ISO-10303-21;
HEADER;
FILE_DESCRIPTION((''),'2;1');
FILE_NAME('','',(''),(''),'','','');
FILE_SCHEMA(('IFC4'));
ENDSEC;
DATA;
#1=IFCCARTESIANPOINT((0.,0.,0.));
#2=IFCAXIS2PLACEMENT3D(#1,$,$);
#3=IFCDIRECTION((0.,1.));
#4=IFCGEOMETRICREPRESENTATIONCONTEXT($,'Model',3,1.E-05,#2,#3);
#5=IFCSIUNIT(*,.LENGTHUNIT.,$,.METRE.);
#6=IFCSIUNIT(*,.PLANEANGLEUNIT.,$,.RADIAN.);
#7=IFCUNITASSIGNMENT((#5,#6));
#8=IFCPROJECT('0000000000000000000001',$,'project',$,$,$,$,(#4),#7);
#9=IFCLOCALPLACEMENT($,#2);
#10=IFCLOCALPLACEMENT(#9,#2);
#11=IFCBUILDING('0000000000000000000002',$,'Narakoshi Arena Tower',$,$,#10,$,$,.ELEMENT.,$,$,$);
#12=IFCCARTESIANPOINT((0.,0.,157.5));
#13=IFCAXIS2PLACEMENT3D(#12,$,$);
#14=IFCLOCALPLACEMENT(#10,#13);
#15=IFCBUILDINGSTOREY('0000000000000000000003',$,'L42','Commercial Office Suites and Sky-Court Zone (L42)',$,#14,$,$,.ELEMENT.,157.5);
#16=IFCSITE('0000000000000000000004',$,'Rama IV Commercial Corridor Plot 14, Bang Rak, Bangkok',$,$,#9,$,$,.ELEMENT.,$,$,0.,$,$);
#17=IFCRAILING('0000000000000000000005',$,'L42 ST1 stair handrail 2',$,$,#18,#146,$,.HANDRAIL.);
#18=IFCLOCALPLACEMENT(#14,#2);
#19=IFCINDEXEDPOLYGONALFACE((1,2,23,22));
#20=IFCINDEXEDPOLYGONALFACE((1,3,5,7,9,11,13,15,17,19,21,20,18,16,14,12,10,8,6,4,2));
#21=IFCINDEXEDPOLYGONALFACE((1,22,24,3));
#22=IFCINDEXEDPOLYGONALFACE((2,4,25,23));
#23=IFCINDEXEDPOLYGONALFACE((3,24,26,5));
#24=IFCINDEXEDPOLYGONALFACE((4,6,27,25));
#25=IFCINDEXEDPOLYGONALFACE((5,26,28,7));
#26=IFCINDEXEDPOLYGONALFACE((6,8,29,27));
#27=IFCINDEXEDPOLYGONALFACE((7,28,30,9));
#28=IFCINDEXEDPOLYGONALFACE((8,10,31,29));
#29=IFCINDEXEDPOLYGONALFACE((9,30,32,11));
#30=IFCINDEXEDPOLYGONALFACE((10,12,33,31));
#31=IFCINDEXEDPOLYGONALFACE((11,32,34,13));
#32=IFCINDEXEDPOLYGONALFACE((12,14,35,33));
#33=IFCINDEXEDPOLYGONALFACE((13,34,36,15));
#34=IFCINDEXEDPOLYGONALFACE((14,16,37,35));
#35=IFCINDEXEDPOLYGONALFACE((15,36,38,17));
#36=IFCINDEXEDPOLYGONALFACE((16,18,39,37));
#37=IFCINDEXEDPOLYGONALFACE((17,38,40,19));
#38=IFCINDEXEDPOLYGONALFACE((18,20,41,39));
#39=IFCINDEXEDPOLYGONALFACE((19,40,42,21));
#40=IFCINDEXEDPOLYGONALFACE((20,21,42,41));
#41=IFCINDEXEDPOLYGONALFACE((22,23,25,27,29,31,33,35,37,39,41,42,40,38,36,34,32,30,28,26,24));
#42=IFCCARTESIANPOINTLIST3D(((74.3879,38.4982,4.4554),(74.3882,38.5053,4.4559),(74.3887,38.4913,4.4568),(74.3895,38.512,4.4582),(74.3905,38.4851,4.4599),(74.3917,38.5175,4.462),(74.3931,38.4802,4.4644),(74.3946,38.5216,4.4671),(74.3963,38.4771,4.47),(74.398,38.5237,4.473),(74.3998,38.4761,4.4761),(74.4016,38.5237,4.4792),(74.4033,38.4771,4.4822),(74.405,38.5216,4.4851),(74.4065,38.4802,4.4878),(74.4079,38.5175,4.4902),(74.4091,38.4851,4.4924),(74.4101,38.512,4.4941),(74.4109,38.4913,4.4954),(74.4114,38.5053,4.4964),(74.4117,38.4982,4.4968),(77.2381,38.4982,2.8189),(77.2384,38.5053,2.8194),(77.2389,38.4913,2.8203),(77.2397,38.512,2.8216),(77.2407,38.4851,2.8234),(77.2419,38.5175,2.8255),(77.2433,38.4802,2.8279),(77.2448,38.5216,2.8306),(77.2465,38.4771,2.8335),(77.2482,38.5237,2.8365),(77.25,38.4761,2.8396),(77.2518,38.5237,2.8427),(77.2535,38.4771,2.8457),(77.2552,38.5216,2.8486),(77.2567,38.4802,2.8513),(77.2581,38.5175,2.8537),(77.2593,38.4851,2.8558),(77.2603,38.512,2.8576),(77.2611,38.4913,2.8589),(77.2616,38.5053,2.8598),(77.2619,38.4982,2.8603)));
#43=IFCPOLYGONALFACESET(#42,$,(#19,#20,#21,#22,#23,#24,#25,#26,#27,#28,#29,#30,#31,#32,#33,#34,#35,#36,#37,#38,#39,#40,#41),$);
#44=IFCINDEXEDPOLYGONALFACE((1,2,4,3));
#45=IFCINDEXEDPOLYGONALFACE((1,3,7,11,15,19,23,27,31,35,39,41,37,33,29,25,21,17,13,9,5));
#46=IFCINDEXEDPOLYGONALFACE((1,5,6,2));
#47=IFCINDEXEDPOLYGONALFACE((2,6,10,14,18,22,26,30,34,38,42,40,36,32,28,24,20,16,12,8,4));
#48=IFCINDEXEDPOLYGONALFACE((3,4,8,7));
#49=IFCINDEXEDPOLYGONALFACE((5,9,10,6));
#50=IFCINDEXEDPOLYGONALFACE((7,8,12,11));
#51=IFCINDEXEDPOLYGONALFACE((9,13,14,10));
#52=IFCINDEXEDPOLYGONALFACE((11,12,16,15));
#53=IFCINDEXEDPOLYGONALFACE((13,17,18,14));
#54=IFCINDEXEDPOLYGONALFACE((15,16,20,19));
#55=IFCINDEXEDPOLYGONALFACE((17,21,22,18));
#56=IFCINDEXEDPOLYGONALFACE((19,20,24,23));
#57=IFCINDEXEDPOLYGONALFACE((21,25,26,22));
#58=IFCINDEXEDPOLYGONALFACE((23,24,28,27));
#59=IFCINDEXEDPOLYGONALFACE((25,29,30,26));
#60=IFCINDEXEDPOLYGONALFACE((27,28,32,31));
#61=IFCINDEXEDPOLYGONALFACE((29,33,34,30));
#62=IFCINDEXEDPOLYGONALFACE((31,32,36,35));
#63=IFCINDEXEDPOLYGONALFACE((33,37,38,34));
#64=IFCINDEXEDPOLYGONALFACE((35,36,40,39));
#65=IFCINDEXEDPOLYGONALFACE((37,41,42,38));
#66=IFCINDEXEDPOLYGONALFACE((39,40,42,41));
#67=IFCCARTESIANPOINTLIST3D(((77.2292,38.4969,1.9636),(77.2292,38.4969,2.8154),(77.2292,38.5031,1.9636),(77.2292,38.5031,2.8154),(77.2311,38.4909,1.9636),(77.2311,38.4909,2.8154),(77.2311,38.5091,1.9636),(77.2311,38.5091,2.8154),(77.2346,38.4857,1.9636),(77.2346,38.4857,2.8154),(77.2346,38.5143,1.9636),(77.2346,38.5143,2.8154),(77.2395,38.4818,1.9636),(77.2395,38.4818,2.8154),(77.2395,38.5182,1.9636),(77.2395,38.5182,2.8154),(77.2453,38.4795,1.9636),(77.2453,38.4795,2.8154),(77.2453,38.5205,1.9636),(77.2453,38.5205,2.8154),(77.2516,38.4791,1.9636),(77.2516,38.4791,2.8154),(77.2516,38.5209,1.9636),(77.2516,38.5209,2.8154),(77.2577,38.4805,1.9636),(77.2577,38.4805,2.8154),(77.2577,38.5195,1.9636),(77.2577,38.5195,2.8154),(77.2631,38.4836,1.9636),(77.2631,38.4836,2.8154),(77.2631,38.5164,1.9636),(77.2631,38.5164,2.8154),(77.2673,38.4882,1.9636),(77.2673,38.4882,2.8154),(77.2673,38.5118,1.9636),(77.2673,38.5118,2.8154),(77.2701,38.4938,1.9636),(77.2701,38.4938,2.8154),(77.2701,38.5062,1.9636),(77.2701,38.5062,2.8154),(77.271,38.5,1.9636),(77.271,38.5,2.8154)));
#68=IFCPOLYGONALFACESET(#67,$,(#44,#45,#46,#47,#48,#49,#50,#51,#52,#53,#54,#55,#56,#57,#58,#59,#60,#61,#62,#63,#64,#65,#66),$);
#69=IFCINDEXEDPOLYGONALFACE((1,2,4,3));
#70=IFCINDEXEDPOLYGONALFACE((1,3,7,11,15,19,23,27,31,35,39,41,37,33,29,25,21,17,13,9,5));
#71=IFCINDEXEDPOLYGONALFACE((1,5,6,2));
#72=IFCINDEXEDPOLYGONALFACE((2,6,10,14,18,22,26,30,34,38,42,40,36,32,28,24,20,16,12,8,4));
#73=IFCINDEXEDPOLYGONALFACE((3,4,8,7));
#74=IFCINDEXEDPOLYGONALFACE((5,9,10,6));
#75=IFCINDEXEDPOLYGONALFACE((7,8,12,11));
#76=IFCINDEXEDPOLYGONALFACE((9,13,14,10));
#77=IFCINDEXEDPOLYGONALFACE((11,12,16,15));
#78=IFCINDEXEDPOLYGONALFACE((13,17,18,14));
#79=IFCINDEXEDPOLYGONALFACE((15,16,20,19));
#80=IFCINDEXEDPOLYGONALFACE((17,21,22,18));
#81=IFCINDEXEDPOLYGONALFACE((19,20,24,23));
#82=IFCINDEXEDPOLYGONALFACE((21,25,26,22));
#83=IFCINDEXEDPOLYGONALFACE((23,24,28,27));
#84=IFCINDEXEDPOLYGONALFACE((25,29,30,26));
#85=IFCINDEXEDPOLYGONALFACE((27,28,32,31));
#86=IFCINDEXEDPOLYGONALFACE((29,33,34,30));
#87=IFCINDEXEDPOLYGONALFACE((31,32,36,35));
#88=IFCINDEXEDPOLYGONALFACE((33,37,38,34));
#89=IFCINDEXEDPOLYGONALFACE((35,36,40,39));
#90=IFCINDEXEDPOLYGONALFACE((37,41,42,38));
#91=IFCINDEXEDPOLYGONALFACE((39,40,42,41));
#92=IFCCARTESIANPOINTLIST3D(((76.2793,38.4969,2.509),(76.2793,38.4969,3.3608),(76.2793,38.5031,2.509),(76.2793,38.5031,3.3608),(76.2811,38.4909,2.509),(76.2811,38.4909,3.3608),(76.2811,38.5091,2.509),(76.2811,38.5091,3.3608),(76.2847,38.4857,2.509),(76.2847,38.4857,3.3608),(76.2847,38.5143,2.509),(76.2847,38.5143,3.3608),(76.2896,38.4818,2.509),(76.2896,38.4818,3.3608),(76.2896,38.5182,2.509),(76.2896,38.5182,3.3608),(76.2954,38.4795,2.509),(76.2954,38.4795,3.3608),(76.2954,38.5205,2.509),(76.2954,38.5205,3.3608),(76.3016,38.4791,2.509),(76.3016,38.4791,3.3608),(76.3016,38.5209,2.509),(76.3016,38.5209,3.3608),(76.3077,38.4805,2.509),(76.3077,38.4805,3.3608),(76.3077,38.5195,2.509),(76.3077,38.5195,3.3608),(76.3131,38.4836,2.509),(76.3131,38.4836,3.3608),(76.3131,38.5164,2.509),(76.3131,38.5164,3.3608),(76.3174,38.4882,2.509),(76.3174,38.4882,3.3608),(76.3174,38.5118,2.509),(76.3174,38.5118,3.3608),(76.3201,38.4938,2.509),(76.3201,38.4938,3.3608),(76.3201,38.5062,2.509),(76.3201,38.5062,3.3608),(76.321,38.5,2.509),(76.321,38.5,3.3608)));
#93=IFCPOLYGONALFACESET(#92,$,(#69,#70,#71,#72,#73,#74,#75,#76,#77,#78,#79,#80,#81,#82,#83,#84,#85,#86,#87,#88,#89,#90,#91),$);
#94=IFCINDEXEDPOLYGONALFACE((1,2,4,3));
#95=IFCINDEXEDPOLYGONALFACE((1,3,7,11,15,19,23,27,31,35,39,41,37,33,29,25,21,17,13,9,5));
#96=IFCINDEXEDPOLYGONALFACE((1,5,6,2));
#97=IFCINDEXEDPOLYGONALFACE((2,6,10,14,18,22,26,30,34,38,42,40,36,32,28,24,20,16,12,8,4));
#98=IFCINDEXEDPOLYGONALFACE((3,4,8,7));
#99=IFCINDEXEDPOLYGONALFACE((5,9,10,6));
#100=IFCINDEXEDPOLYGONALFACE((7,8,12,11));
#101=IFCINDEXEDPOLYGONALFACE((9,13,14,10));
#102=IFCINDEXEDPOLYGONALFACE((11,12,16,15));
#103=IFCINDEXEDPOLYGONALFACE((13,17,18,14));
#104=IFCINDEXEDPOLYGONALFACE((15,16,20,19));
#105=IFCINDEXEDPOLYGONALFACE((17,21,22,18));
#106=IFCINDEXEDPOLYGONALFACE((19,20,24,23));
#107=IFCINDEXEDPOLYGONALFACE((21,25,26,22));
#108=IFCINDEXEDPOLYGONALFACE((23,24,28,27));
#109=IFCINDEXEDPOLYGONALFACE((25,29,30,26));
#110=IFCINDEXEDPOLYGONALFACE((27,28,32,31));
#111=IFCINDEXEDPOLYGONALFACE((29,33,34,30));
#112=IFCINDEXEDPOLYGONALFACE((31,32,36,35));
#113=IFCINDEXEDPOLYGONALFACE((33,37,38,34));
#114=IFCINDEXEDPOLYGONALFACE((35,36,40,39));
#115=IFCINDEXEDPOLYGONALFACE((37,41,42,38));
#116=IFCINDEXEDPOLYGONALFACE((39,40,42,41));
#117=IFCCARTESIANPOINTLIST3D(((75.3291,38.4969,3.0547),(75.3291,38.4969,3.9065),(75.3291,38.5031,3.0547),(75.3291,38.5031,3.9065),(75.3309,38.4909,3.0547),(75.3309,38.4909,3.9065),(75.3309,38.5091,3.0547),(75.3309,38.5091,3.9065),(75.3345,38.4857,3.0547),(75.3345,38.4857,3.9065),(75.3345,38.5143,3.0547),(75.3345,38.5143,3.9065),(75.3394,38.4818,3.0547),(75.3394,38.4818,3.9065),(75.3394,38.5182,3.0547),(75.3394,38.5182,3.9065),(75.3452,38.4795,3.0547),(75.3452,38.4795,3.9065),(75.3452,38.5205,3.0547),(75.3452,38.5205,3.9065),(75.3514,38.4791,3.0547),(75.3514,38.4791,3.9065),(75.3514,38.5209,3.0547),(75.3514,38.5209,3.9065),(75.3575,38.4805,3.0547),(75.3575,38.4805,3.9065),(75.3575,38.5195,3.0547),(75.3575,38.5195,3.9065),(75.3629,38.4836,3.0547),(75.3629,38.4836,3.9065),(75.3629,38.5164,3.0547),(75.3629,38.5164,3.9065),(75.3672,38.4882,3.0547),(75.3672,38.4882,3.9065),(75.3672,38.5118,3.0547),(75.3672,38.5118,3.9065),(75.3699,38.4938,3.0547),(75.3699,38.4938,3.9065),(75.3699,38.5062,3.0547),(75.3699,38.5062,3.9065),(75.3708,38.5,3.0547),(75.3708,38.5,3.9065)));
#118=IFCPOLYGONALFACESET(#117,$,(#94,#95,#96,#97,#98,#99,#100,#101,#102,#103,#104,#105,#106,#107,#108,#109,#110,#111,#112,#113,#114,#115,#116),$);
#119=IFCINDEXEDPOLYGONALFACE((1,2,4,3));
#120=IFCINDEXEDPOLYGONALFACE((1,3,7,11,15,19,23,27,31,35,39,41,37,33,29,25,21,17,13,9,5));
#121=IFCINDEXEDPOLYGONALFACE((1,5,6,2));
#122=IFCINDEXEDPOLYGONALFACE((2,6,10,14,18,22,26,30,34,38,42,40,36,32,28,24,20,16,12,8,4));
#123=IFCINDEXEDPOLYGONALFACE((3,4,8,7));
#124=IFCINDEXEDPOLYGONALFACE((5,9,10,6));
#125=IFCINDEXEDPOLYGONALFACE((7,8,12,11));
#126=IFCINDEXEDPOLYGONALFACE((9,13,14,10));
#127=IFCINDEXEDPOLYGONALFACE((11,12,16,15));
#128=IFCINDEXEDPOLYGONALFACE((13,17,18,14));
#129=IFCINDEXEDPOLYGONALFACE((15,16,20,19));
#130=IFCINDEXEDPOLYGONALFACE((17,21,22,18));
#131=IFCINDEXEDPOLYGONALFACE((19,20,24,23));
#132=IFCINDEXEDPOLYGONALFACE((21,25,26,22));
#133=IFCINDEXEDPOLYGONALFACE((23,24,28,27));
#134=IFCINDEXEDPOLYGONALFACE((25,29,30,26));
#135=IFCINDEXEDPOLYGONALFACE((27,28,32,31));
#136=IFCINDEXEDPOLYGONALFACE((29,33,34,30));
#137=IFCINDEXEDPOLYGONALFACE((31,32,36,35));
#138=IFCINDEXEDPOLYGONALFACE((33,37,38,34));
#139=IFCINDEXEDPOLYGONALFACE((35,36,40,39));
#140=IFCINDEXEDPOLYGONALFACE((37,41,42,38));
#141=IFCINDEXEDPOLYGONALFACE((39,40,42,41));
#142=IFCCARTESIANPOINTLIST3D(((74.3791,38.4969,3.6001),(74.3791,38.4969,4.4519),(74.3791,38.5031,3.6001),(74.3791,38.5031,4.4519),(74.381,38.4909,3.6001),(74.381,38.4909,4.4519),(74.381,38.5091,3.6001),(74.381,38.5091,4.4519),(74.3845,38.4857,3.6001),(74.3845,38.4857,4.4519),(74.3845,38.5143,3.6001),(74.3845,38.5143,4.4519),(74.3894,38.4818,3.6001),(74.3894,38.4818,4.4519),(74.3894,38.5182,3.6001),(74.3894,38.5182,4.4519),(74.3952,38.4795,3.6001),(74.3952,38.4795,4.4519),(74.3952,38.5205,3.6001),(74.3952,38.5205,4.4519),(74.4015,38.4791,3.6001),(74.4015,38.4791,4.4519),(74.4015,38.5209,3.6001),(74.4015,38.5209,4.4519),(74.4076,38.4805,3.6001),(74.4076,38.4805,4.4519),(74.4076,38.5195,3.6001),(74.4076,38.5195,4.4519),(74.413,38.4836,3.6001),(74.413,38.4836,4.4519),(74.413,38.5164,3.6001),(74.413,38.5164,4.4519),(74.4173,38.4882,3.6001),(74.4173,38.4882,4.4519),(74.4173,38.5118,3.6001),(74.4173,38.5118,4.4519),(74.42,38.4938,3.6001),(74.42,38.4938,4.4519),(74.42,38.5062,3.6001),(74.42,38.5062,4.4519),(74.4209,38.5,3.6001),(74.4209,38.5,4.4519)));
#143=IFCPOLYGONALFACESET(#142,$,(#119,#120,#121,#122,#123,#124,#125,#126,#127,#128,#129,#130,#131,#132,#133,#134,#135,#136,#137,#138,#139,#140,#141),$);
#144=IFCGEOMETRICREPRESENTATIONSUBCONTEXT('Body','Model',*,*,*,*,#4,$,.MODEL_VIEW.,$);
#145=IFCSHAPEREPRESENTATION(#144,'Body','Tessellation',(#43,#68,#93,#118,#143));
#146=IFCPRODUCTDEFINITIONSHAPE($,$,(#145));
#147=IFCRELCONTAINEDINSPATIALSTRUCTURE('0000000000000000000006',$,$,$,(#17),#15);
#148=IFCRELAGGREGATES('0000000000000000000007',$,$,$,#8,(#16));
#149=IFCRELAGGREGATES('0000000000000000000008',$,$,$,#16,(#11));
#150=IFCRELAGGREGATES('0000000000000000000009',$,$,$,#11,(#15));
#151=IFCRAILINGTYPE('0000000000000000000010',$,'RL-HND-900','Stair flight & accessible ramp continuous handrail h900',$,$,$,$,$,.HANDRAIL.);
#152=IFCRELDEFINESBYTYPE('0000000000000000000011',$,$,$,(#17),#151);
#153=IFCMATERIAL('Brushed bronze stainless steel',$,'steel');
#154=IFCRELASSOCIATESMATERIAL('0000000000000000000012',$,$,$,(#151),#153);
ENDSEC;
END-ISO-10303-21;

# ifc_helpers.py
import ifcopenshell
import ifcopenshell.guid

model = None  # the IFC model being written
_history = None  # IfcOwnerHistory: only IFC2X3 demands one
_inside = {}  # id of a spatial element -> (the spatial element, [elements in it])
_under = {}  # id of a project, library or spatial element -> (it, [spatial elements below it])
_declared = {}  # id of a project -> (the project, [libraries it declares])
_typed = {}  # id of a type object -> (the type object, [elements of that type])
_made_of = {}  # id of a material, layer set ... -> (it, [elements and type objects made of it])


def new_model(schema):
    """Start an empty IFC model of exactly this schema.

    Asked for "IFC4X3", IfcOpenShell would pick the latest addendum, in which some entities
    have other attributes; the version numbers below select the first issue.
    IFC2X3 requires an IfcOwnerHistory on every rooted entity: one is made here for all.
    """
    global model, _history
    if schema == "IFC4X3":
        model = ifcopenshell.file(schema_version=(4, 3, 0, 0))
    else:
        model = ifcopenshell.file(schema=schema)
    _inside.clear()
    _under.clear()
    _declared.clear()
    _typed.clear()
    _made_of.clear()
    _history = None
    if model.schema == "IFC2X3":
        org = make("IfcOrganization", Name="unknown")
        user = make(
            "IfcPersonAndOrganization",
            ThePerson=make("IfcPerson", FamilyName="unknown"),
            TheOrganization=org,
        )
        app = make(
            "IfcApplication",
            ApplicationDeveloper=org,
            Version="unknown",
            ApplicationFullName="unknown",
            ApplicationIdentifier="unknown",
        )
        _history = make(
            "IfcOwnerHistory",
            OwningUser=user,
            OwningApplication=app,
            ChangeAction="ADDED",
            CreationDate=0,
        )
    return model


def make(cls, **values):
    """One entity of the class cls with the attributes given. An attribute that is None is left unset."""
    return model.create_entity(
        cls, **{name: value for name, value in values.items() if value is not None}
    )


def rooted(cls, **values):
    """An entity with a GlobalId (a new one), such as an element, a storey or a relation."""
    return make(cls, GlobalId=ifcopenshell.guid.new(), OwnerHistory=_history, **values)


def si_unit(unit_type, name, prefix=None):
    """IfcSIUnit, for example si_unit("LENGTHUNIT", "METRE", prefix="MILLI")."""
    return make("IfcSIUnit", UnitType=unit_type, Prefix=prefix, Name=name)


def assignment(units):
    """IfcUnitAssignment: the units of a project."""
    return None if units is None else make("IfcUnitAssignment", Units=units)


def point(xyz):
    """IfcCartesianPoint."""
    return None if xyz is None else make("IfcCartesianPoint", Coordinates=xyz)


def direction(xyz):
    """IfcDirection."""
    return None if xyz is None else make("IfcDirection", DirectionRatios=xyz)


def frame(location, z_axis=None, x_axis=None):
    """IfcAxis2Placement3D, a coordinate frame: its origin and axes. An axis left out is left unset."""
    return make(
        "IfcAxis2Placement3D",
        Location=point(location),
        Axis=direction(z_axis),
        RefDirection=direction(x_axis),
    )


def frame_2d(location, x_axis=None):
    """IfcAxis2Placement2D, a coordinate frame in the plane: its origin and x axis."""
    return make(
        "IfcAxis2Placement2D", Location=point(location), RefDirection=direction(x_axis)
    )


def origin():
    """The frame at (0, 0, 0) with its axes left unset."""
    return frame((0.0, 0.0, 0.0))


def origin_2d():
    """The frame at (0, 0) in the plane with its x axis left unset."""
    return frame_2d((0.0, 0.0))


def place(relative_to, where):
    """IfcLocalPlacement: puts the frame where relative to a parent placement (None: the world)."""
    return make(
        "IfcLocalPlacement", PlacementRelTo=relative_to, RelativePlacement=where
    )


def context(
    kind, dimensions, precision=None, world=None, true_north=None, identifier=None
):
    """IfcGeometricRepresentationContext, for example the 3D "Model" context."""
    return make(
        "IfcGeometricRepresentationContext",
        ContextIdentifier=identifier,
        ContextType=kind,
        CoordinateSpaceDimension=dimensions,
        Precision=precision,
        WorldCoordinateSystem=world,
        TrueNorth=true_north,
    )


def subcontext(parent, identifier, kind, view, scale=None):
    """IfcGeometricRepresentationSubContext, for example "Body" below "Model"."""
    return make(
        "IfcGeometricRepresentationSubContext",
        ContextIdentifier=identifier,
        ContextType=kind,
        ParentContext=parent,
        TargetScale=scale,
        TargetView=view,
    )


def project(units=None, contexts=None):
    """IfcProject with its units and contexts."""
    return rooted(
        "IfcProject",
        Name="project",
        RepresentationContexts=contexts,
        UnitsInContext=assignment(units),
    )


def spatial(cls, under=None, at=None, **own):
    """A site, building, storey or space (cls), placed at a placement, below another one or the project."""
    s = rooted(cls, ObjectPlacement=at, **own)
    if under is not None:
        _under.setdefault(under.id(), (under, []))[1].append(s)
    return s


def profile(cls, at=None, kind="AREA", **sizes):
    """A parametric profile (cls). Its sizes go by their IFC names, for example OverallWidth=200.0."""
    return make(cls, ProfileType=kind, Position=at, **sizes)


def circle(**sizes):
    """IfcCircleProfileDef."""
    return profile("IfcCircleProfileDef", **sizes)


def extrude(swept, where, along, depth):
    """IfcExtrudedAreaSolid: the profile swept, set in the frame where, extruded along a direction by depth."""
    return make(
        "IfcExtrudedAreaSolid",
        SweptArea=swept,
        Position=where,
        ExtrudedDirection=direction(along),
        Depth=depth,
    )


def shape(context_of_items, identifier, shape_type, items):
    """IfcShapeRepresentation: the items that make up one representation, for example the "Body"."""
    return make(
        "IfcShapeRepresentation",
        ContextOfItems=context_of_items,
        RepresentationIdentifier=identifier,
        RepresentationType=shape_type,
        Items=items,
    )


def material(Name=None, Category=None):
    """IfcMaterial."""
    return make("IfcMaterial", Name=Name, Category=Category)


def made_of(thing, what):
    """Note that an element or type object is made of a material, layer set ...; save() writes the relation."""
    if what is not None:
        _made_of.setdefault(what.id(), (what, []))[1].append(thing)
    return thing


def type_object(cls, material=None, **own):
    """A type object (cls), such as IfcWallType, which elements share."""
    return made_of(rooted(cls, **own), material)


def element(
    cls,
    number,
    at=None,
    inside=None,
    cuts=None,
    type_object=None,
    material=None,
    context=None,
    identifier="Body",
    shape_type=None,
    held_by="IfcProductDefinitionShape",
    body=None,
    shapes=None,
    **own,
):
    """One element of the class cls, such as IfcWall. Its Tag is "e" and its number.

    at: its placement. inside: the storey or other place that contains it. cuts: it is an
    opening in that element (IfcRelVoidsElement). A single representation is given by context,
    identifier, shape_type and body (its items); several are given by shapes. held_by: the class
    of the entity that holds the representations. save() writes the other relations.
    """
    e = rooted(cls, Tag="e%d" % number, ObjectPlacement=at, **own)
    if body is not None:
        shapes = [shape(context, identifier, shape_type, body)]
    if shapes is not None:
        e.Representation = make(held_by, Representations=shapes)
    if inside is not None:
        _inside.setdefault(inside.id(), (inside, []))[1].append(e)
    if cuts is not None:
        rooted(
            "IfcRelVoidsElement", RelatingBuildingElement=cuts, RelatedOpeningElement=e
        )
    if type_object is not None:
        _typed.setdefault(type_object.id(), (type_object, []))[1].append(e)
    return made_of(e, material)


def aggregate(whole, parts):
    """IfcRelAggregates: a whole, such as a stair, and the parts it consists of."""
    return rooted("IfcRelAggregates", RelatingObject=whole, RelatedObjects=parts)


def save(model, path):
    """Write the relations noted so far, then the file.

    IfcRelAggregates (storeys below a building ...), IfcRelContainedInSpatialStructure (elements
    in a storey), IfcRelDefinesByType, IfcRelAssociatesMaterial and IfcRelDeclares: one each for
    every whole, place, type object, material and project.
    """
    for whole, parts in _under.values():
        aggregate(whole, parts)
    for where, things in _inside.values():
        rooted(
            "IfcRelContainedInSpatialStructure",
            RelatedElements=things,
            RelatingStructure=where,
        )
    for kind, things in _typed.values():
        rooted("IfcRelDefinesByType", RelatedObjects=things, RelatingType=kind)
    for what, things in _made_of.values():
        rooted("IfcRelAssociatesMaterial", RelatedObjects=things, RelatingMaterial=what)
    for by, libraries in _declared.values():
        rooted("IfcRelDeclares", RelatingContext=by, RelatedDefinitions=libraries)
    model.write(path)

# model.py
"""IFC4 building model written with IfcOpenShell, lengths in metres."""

from ifc_helpers import new_model, si_unit, direction, frame, origin, origin_2d, place, context, subcontext, project, spatial, circle, extrude, material, type_object, element, save


model = new_model("IFC4")

# Units and contexts
model_context = context("Model", 3, precision=1e-05, world=origin(), true_north=direction((0.0, 1.0)))
body_context = subcontext(model_context, "Body", "Model", "MODEL_VIEW")
ifc_project = project(units=[si_unit("LENGTHUNIT", "METRE"), si_unit("PLANEANGLEUNIT", "RADIAN")], contexts=[model_context])

# Site, building, storey
site_placement = place(None, origin())
site = spatial("IfcSite", under=ifc_project, at=site_placement, Name="Rama IV Commercial Corridor Plot 14, Bang Rak, Bangkok", CompositionType="ELEMENT", RefElevation=0.0)
building_placement = place(site_placement, origin())
building = spatial("IfcBuilding", under=site, at=building_placement, Name="Narakoshi Arena Tower", CompositionType="ELEMENT")
storey_placement = place(building_placement, frame((0.0, 0.0, 157.5)))
storey = spatial("IfcBuildingStorey", under=building, at=storey_placement, Name="L42", Description="Commercial Office Suites and Sky-Court Zone (L42)", CompositionType="ELEMENT", Elevation=157.5)

# Railing
ifc_material_1 = material(Name="Brushed bronze stainless steel", Category="steel")
railing_type_1 = type_object("IfcRailingType", Name="RL-HND-900", Description="Stair flight & accessible ramp continuous handrail h900", PredefinedType="HANDRAIL", material=ifc_material_1)
for number, where, name in (
    (1, (77.25, 38.5, 1.9636), "L42 ST1 stair handrail 2"),
):
    element("IfcRailing", number, at=place(storey_placement, frame(where)), inside=storey, type_object=railing_type_1, Name=name, PredefinedType="HANDRAIL", context=body_context, shape_type="SweptSolid", body=[
        extrude(circle(Radius=0.0239, at=origin_2d()), frame((0.0, 0.0, 0.876), z_axis=(-0.867213, 0.0, 0.497938), x_axis=(0.0, -1.0, 0.0)), (0.0, 0.0, 1.0), 3.2866),
        extrude(circle(Radius=0.021, at=origin_2d()), origin(), (0.0, 0.0, 1.0), 0.8518),
        extrude(circle(Radius=0.021, at=origin_2d()), frame((-0.95, 0.0, 0.5454)), (0.0, 0.0, 1.0), 0.8518),
        extrude(circle(Radius=0.021, at=origin_2d()), frame((-1.9001, 0.0, 1.0911)), (0.0, 0.0, 1.0), 0.8518),
        extrude(circle(Radius=0.021, at=origin_2d()), frame((-2.8501, 0.0, 1.6365)), (0.0, 0.0, 1.0), 0.8518),
    ])

save(model, "model.ifc")
